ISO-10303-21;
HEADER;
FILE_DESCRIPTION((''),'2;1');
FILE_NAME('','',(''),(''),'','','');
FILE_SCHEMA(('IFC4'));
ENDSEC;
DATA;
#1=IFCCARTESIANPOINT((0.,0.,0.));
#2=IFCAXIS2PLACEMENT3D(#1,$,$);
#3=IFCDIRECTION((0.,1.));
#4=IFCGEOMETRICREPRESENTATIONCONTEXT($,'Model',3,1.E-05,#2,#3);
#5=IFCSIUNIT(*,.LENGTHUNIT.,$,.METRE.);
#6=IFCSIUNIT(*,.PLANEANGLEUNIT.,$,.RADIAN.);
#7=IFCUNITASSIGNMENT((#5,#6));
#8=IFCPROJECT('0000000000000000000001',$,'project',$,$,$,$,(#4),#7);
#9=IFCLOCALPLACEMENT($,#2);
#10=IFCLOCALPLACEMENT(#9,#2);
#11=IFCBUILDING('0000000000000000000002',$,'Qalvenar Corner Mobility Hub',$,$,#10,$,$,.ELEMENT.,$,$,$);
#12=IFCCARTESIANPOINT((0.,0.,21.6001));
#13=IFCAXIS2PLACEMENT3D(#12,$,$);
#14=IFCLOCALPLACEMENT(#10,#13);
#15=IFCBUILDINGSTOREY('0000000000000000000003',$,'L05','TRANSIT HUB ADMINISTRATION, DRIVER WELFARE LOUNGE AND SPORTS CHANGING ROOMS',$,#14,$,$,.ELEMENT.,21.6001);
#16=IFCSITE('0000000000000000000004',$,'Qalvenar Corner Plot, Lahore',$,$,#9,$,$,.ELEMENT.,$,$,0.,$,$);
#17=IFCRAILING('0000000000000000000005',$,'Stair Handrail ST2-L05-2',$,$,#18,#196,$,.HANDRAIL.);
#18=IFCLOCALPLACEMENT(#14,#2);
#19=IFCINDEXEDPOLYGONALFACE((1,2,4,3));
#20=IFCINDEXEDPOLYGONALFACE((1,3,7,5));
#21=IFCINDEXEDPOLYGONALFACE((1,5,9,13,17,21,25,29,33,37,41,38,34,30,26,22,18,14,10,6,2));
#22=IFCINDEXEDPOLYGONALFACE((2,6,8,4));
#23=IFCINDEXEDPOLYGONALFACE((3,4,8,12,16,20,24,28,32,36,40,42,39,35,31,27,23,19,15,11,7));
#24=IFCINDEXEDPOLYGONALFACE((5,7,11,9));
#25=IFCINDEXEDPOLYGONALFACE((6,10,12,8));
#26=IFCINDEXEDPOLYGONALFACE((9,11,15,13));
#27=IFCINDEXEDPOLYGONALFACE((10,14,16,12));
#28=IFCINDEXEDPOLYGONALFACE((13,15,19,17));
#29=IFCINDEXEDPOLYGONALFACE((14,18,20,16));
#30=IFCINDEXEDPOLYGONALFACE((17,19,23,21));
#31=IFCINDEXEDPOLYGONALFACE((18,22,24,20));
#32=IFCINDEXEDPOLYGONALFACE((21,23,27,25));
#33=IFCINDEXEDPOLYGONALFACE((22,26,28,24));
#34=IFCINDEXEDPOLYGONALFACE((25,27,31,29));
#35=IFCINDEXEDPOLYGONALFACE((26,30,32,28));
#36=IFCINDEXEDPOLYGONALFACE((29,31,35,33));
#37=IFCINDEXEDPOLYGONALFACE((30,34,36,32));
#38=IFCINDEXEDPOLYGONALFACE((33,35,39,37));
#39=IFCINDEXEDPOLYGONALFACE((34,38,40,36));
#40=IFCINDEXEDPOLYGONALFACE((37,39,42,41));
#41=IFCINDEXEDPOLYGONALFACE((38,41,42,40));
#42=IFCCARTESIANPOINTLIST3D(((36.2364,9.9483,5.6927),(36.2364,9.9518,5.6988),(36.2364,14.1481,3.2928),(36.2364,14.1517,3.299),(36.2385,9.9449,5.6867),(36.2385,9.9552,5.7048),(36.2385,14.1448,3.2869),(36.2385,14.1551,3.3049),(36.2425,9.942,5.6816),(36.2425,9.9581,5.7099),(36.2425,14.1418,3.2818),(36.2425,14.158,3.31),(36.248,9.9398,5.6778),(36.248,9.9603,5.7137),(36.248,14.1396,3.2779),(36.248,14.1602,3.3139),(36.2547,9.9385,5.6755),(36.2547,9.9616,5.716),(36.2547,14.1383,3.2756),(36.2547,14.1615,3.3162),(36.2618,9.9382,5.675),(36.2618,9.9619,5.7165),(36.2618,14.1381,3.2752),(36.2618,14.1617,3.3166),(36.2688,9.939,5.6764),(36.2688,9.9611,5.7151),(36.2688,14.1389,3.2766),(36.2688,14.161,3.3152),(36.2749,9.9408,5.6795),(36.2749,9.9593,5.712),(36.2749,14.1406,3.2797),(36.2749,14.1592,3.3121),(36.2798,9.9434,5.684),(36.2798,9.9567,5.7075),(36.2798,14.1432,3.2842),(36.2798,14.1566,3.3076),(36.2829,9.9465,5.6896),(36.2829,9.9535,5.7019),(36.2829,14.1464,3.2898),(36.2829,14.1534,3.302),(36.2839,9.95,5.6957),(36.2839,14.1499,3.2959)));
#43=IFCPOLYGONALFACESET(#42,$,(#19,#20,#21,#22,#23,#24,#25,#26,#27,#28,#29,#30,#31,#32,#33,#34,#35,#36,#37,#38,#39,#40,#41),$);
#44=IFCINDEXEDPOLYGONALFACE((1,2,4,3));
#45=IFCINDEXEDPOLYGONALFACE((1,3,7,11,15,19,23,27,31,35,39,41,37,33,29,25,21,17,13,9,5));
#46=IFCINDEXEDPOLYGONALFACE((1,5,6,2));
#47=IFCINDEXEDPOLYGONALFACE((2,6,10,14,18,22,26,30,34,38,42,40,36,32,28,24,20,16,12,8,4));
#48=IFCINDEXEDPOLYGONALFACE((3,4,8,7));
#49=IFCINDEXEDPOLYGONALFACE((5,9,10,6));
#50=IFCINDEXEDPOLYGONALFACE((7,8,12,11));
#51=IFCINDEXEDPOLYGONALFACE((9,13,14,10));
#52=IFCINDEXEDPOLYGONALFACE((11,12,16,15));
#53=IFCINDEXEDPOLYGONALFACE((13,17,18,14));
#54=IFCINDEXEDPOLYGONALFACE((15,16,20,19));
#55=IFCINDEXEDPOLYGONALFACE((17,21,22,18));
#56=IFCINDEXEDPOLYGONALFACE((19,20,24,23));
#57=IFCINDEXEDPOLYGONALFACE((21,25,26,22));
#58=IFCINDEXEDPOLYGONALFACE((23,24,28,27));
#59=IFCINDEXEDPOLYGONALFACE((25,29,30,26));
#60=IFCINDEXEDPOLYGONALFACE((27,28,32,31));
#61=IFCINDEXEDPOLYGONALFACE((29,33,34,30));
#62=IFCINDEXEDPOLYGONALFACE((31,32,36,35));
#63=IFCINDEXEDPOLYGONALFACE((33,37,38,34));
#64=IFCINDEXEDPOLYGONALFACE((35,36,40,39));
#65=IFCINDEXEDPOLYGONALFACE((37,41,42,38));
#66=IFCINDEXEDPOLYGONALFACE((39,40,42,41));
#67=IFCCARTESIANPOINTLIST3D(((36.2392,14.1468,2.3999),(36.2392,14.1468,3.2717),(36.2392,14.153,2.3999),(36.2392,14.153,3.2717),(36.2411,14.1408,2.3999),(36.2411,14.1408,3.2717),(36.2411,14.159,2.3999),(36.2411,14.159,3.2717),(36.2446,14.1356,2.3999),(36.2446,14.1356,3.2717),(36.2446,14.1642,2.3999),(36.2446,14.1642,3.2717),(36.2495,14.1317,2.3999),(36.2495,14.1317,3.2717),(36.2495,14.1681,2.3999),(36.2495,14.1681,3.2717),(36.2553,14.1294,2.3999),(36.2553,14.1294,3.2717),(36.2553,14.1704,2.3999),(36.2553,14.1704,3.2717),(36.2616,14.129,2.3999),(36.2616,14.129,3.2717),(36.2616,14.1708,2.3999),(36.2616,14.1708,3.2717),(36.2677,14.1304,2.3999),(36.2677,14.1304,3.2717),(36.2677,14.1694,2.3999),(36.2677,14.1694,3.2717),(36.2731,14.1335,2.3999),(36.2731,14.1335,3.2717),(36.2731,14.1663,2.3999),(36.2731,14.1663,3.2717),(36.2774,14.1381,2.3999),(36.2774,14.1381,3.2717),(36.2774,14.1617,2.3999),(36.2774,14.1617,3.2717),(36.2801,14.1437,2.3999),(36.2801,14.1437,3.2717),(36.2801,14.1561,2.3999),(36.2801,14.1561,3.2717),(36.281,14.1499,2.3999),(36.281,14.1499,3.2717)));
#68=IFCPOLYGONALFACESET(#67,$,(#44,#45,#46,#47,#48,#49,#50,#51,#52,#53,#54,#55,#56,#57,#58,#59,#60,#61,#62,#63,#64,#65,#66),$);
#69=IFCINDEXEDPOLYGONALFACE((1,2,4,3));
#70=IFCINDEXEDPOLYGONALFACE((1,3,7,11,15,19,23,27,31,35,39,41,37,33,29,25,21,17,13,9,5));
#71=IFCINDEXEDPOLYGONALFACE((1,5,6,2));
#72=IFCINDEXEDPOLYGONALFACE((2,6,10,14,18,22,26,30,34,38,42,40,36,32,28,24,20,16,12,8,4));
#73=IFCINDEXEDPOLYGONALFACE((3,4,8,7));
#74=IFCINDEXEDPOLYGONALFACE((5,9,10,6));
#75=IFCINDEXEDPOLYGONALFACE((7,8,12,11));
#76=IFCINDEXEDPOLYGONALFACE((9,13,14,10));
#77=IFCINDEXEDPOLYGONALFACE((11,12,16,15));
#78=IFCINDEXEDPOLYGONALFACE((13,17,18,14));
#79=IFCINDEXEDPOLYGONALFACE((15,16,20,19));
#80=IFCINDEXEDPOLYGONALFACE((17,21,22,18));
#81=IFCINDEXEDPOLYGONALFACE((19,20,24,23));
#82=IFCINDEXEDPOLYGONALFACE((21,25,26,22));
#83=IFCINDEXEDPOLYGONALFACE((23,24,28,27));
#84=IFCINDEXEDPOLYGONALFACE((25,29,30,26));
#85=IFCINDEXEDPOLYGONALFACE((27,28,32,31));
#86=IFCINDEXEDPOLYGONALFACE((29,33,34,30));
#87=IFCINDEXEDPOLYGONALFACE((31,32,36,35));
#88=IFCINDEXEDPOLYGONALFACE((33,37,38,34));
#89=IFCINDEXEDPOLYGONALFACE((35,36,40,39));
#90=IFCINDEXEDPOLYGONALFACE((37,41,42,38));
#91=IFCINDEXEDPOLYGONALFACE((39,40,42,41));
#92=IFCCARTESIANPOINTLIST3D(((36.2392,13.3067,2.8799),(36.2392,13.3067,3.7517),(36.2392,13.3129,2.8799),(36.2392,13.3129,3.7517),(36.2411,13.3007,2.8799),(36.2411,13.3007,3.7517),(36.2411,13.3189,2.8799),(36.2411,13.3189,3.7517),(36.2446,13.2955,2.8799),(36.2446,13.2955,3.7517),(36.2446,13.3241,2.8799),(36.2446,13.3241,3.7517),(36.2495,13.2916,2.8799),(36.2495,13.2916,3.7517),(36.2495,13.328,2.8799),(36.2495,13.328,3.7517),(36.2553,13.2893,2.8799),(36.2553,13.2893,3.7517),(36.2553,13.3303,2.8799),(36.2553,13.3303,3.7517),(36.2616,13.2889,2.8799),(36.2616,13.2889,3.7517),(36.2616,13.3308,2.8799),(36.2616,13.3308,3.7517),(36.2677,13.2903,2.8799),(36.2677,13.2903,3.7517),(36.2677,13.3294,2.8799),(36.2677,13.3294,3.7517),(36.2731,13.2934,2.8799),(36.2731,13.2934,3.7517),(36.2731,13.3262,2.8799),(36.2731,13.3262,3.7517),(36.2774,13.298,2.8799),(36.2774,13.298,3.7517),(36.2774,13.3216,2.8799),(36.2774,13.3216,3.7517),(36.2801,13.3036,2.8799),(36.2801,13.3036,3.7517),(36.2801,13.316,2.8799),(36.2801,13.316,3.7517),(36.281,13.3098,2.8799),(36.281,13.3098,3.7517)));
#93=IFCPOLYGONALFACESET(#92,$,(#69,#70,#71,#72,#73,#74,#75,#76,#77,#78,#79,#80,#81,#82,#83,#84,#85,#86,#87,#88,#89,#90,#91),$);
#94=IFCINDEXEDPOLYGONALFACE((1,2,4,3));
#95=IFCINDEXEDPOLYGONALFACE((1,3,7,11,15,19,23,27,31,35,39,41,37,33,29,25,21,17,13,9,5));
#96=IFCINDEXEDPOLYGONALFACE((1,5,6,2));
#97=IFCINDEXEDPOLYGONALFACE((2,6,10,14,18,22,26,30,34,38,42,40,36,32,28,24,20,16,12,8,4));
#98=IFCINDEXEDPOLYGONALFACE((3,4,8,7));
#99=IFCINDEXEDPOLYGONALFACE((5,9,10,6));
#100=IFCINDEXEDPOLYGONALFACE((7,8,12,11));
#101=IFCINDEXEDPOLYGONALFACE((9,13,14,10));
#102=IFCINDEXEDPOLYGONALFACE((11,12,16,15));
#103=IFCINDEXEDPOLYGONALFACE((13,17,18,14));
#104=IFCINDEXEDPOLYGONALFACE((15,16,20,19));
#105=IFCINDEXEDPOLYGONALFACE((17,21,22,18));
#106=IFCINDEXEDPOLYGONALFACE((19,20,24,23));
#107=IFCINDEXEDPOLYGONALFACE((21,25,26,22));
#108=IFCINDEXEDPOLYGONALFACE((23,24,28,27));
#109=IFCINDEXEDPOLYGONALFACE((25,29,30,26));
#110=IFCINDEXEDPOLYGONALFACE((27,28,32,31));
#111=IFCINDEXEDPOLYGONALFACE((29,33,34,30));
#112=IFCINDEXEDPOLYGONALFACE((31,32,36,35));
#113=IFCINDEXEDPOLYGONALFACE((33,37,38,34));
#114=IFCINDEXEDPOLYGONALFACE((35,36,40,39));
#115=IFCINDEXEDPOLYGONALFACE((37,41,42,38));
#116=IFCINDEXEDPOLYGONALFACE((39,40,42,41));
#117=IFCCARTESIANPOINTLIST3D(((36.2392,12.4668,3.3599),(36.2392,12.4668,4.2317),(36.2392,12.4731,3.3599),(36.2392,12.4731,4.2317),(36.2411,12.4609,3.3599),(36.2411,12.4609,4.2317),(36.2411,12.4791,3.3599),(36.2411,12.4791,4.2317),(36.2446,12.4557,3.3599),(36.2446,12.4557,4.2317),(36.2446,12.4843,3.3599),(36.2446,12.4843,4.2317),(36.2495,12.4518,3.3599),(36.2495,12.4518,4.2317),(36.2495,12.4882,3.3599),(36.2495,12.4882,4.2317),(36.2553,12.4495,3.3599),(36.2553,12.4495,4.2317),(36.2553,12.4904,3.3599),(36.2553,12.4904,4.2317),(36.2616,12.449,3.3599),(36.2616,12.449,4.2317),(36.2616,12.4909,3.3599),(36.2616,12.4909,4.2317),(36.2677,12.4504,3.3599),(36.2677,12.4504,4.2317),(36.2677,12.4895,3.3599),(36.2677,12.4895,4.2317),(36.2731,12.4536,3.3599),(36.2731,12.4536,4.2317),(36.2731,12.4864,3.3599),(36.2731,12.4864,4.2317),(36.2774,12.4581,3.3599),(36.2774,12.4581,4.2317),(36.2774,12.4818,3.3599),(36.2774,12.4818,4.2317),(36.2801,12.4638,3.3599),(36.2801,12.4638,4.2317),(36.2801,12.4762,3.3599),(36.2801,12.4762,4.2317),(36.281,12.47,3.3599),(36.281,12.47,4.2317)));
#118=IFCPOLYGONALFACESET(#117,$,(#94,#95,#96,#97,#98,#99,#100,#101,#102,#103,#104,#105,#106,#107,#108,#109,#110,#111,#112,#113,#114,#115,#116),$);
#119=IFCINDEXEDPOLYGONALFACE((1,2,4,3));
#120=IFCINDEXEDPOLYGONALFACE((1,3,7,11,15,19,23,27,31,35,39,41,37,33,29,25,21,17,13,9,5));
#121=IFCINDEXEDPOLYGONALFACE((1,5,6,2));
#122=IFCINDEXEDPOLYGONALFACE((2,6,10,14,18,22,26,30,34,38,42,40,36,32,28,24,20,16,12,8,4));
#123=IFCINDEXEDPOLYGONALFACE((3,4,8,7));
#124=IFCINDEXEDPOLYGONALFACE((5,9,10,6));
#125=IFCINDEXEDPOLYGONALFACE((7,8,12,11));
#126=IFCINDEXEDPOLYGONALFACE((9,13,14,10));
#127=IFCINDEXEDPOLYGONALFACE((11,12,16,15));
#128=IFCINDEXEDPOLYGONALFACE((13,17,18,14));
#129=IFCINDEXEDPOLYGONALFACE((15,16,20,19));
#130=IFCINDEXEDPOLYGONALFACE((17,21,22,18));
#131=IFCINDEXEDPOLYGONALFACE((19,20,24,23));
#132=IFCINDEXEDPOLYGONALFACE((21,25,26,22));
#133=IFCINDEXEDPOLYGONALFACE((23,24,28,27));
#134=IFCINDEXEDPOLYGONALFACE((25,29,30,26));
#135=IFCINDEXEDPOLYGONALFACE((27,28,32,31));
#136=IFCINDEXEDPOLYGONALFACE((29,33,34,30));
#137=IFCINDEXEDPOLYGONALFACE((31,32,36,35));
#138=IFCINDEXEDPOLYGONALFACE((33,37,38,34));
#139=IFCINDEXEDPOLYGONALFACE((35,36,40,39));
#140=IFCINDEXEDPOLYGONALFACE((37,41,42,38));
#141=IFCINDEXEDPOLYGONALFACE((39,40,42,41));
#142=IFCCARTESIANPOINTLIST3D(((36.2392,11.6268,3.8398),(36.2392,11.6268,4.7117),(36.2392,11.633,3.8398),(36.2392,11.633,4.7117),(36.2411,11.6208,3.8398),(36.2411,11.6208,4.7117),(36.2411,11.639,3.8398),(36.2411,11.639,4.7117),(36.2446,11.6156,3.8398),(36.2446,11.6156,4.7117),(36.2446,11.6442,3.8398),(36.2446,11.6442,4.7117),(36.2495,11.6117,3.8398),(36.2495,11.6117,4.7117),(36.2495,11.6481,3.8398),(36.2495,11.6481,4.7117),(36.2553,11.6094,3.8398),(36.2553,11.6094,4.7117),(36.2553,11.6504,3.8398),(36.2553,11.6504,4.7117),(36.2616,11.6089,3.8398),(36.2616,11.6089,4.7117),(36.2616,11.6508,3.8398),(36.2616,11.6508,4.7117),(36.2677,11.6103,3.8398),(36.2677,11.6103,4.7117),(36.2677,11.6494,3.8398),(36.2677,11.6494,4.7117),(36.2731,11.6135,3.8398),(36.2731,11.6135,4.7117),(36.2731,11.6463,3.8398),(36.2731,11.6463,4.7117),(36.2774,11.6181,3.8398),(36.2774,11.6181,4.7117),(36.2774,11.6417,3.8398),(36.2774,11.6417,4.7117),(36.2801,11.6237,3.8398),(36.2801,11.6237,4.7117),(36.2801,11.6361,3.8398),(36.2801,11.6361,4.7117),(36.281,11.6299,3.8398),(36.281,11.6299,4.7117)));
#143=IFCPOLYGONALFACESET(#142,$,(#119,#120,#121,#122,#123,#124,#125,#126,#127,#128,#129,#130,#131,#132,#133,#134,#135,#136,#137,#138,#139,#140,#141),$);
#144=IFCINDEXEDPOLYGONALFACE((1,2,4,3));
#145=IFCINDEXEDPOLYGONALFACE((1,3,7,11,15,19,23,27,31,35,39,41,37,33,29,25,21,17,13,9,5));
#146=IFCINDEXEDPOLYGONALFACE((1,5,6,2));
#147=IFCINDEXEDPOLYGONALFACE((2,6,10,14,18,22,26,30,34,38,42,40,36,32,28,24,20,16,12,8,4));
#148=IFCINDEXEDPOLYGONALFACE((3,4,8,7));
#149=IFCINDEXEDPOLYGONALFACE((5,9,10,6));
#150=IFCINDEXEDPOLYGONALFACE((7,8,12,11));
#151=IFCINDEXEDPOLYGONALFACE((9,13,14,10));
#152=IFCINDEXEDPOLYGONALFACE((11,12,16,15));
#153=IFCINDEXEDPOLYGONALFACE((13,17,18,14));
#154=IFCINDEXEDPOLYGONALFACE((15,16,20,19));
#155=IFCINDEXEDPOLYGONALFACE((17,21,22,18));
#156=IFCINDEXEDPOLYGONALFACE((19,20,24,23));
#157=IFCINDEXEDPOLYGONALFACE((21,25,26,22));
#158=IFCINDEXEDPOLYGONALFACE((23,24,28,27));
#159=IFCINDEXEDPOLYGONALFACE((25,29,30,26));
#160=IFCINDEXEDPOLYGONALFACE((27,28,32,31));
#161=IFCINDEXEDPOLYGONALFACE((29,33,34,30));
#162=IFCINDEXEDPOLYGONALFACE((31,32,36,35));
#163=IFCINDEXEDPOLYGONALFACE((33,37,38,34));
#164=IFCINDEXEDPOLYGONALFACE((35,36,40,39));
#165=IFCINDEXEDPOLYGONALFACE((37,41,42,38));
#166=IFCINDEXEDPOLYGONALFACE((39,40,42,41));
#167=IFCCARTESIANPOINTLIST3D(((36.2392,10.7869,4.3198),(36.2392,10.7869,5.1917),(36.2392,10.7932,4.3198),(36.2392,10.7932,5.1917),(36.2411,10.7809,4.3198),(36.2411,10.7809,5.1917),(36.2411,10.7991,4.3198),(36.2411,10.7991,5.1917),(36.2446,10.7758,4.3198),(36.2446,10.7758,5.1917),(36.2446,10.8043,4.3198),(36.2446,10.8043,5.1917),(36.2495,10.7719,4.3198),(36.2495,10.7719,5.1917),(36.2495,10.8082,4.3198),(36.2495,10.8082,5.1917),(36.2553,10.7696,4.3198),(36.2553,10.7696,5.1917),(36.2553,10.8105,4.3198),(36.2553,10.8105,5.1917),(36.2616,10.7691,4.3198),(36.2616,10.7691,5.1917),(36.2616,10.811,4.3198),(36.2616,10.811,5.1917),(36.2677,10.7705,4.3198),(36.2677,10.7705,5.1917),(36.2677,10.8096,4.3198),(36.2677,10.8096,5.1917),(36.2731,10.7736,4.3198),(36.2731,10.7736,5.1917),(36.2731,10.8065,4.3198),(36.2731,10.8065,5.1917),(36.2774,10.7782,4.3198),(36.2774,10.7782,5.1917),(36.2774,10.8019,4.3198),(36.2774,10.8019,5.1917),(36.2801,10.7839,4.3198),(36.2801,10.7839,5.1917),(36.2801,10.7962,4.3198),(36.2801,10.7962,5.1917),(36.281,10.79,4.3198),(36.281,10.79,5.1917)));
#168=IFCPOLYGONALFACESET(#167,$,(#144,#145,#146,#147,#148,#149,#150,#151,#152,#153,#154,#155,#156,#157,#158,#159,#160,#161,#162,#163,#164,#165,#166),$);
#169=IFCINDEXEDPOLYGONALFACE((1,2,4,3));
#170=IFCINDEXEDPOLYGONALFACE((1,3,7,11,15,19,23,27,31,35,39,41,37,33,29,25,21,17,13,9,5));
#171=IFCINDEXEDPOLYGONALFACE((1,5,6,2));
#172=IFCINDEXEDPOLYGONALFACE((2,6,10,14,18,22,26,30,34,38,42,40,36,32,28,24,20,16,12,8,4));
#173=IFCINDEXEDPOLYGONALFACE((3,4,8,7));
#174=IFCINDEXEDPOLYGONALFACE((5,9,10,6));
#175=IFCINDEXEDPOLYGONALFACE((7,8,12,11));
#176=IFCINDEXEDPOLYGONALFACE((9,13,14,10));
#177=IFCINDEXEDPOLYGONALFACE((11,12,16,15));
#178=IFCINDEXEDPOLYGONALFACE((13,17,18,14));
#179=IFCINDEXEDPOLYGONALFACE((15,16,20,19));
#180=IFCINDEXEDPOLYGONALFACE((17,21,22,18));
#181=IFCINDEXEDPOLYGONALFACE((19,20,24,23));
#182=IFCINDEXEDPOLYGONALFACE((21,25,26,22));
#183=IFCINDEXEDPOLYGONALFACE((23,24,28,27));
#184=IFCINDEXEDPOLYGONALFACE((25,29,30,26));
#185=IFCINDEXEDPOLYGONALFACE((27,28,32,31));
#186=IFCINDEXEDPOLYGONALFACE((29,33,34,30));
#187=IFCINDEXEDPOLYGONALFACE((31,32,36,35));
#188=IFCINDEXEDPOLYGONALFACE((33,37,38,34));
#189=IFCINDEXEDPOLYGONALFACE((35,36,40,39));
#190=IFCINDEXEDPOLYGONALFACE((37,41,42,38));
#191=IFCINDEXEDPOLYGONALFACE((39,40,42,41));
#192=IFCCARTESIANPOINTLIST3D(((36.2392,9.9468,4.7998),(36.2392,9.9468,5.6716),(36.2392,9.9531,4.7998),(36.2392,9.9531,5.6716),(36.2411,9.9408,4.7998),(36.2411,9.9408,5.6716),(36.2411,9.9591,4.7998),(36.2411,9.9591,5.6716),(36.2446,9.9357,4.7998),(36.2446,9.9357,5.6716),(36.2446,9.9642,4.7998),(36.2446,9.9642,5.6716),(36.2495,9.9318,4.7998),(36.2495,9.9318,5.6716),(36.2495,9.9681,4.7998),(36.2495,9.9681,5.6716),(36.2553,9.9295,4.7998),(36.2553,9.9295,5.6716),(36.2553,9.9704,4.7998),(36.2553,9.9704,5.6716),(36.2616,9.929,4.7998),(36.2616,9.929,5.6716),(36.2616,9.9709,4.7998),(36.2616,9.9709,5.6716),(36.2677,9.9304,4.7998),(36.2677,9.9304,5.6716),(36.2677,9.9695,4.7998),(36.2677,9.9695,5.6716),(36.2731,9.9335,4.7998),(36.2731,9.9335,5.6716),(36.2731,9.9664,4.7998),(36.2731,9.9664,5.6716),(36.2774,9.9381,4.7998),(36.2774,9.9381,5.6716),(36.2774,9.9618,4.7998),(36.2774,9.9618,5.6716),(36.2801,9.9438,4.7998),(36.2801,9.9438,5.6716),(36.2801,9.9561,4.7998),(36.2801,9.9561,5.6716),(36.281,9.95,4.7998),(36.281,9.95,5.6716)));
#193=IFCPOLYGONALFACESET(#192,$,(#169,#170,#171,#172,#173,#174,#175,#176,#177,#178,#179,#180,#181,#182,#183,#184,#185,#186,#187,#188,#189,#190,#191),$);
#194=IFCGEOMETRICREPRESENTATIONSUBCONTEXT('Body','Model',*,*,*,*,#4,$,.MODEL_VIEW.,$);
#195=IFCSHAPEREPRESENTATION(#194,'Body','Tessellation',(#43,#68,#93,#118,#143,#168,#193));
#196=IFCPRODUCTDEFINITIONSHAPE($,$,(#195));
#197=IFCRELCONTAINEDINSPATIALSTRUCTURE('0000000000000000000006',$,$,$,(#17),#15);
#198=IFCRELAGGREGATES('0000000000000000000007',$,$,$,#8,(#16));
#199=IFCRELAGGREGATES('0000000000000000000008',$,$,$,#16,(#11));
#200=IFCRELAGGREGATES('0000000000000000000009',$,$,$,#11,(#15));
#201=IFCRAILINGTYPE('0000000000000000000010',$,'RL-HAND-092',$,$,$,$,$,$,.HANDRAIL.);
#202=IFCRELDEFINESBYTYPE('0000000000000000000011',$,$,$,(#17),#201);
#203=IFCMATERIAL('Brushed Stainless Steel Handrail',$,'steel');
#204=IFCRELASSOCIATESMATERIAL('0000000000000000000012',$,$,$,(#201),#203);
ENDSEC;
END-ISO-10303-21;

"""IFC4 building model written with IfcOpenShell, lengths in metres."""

from ifc_helpers import new_model, si_unit, direction, frame, origin, origin_2d, place, context, subcontext, project, spatial, circle, extrude, material, type_object, element, save


model = new_model("IFC4")

# Units and contexts
model_context = context("Model", 3, precision=1e-05, world=origin(), true_north=direction((0.0, 1.0)))
body_context = subcontext(model_context, "Body", "Model", "MODEL_VIEW")
ifc_project = project(units=[si_unit("LENGTHUNIT", "METRE"), si_unit("PLANEANGLEUNIT", "RADIAN")], contexts=[model_context])

# Site, building, storey
site_placement = place(None, origin())
site = spatial("IfcSite", under=ifc_project, at=site_placement, Name="Qalvenar Corner Plot, Lahore", CompositionType="ELEMENT", RefElevation=0.0)
building_placement = place(site_placement, origin())
building = spatial("IfcBuilding", under=site, at=building_placement, Name="Qalvenar Corner Mobility Hub", CompositionType="ELEMENT")
storey_placement = place(building_placement, frame((0.0, 0.0, 21.6001)))
storey = spatial("IfcBuildingStorey", under=building, at=storey_placement, Name="L05", Description="TRANSIT HUB ADMINISTRATION, DRIVER WELFARE LOUNGE AND SPORTS CHANGING ROOMS", CompositionType="ELEMENT", Elevation=21.6001)

# Railing
ifc_material_1 = material(Name="Brushed Stainless Steel Handrail", Category="steel")
railing_type_1 = type_object("IfcRailingType", Name="RL-HAND-092", PredefinedType="HANDRAIL", material=ifc_material_1)
railing_placement = place(storey_placement, frame((36.26, 14.1499, 2.3999)))
element("IfcRailing", 1, at=railing_placement, inside=storey, type_object=railing_type_1, Name="Stair Handrail ST2-L05-2", PredefinedType="HANDRAIL", context=body_context, shape_type="SweptSolid", body=[
    extrude(circle(Radius=0.0239, at=origin_2d()), frame((0.0, 0.0, 0.896), z_axis=(0.0, -0.868249, 0.496128), x_axis=(1.0, 0.0, 0.0)), (0.0, 0.0, 1.0), 4.8372),
    extrude(circle(Radius=0.021, at=origin_2d()), origin(), (0.0, 0.0, 1.0), 0.8718),
    extrude(circle(Radius=0.021, at=origin_2d()), frame((0.0, -0.8401, 0.48)), (0.0, 0.0, 1.0), 0.8718),
    extrude(circle(Radius=0.021, at=origin_2d()), frame((0.0, -1.6799, 0.96)), (0.0, 0.0, 1.0), 0.8718),
    extrude(circle(Radius=0.021, at=origin_2d()), frame((0.0, -2.52, 1.4399)), (0.0, 0.0, 1.0), 0.8718),
    extrude(circle(Radius=0.021, at=origin_2d()), frame((0.0, -3.3599, 1.9199)), (0.0, 0.0, 1.0), 0.8718),
    extrude(circle(Radius=0.021, at=origin_2d()), frame((0.0, -4.2, 2.3999)), (0.0, 0.0, 1.0), 0.8718),
])

save(model, "model.ifc")
